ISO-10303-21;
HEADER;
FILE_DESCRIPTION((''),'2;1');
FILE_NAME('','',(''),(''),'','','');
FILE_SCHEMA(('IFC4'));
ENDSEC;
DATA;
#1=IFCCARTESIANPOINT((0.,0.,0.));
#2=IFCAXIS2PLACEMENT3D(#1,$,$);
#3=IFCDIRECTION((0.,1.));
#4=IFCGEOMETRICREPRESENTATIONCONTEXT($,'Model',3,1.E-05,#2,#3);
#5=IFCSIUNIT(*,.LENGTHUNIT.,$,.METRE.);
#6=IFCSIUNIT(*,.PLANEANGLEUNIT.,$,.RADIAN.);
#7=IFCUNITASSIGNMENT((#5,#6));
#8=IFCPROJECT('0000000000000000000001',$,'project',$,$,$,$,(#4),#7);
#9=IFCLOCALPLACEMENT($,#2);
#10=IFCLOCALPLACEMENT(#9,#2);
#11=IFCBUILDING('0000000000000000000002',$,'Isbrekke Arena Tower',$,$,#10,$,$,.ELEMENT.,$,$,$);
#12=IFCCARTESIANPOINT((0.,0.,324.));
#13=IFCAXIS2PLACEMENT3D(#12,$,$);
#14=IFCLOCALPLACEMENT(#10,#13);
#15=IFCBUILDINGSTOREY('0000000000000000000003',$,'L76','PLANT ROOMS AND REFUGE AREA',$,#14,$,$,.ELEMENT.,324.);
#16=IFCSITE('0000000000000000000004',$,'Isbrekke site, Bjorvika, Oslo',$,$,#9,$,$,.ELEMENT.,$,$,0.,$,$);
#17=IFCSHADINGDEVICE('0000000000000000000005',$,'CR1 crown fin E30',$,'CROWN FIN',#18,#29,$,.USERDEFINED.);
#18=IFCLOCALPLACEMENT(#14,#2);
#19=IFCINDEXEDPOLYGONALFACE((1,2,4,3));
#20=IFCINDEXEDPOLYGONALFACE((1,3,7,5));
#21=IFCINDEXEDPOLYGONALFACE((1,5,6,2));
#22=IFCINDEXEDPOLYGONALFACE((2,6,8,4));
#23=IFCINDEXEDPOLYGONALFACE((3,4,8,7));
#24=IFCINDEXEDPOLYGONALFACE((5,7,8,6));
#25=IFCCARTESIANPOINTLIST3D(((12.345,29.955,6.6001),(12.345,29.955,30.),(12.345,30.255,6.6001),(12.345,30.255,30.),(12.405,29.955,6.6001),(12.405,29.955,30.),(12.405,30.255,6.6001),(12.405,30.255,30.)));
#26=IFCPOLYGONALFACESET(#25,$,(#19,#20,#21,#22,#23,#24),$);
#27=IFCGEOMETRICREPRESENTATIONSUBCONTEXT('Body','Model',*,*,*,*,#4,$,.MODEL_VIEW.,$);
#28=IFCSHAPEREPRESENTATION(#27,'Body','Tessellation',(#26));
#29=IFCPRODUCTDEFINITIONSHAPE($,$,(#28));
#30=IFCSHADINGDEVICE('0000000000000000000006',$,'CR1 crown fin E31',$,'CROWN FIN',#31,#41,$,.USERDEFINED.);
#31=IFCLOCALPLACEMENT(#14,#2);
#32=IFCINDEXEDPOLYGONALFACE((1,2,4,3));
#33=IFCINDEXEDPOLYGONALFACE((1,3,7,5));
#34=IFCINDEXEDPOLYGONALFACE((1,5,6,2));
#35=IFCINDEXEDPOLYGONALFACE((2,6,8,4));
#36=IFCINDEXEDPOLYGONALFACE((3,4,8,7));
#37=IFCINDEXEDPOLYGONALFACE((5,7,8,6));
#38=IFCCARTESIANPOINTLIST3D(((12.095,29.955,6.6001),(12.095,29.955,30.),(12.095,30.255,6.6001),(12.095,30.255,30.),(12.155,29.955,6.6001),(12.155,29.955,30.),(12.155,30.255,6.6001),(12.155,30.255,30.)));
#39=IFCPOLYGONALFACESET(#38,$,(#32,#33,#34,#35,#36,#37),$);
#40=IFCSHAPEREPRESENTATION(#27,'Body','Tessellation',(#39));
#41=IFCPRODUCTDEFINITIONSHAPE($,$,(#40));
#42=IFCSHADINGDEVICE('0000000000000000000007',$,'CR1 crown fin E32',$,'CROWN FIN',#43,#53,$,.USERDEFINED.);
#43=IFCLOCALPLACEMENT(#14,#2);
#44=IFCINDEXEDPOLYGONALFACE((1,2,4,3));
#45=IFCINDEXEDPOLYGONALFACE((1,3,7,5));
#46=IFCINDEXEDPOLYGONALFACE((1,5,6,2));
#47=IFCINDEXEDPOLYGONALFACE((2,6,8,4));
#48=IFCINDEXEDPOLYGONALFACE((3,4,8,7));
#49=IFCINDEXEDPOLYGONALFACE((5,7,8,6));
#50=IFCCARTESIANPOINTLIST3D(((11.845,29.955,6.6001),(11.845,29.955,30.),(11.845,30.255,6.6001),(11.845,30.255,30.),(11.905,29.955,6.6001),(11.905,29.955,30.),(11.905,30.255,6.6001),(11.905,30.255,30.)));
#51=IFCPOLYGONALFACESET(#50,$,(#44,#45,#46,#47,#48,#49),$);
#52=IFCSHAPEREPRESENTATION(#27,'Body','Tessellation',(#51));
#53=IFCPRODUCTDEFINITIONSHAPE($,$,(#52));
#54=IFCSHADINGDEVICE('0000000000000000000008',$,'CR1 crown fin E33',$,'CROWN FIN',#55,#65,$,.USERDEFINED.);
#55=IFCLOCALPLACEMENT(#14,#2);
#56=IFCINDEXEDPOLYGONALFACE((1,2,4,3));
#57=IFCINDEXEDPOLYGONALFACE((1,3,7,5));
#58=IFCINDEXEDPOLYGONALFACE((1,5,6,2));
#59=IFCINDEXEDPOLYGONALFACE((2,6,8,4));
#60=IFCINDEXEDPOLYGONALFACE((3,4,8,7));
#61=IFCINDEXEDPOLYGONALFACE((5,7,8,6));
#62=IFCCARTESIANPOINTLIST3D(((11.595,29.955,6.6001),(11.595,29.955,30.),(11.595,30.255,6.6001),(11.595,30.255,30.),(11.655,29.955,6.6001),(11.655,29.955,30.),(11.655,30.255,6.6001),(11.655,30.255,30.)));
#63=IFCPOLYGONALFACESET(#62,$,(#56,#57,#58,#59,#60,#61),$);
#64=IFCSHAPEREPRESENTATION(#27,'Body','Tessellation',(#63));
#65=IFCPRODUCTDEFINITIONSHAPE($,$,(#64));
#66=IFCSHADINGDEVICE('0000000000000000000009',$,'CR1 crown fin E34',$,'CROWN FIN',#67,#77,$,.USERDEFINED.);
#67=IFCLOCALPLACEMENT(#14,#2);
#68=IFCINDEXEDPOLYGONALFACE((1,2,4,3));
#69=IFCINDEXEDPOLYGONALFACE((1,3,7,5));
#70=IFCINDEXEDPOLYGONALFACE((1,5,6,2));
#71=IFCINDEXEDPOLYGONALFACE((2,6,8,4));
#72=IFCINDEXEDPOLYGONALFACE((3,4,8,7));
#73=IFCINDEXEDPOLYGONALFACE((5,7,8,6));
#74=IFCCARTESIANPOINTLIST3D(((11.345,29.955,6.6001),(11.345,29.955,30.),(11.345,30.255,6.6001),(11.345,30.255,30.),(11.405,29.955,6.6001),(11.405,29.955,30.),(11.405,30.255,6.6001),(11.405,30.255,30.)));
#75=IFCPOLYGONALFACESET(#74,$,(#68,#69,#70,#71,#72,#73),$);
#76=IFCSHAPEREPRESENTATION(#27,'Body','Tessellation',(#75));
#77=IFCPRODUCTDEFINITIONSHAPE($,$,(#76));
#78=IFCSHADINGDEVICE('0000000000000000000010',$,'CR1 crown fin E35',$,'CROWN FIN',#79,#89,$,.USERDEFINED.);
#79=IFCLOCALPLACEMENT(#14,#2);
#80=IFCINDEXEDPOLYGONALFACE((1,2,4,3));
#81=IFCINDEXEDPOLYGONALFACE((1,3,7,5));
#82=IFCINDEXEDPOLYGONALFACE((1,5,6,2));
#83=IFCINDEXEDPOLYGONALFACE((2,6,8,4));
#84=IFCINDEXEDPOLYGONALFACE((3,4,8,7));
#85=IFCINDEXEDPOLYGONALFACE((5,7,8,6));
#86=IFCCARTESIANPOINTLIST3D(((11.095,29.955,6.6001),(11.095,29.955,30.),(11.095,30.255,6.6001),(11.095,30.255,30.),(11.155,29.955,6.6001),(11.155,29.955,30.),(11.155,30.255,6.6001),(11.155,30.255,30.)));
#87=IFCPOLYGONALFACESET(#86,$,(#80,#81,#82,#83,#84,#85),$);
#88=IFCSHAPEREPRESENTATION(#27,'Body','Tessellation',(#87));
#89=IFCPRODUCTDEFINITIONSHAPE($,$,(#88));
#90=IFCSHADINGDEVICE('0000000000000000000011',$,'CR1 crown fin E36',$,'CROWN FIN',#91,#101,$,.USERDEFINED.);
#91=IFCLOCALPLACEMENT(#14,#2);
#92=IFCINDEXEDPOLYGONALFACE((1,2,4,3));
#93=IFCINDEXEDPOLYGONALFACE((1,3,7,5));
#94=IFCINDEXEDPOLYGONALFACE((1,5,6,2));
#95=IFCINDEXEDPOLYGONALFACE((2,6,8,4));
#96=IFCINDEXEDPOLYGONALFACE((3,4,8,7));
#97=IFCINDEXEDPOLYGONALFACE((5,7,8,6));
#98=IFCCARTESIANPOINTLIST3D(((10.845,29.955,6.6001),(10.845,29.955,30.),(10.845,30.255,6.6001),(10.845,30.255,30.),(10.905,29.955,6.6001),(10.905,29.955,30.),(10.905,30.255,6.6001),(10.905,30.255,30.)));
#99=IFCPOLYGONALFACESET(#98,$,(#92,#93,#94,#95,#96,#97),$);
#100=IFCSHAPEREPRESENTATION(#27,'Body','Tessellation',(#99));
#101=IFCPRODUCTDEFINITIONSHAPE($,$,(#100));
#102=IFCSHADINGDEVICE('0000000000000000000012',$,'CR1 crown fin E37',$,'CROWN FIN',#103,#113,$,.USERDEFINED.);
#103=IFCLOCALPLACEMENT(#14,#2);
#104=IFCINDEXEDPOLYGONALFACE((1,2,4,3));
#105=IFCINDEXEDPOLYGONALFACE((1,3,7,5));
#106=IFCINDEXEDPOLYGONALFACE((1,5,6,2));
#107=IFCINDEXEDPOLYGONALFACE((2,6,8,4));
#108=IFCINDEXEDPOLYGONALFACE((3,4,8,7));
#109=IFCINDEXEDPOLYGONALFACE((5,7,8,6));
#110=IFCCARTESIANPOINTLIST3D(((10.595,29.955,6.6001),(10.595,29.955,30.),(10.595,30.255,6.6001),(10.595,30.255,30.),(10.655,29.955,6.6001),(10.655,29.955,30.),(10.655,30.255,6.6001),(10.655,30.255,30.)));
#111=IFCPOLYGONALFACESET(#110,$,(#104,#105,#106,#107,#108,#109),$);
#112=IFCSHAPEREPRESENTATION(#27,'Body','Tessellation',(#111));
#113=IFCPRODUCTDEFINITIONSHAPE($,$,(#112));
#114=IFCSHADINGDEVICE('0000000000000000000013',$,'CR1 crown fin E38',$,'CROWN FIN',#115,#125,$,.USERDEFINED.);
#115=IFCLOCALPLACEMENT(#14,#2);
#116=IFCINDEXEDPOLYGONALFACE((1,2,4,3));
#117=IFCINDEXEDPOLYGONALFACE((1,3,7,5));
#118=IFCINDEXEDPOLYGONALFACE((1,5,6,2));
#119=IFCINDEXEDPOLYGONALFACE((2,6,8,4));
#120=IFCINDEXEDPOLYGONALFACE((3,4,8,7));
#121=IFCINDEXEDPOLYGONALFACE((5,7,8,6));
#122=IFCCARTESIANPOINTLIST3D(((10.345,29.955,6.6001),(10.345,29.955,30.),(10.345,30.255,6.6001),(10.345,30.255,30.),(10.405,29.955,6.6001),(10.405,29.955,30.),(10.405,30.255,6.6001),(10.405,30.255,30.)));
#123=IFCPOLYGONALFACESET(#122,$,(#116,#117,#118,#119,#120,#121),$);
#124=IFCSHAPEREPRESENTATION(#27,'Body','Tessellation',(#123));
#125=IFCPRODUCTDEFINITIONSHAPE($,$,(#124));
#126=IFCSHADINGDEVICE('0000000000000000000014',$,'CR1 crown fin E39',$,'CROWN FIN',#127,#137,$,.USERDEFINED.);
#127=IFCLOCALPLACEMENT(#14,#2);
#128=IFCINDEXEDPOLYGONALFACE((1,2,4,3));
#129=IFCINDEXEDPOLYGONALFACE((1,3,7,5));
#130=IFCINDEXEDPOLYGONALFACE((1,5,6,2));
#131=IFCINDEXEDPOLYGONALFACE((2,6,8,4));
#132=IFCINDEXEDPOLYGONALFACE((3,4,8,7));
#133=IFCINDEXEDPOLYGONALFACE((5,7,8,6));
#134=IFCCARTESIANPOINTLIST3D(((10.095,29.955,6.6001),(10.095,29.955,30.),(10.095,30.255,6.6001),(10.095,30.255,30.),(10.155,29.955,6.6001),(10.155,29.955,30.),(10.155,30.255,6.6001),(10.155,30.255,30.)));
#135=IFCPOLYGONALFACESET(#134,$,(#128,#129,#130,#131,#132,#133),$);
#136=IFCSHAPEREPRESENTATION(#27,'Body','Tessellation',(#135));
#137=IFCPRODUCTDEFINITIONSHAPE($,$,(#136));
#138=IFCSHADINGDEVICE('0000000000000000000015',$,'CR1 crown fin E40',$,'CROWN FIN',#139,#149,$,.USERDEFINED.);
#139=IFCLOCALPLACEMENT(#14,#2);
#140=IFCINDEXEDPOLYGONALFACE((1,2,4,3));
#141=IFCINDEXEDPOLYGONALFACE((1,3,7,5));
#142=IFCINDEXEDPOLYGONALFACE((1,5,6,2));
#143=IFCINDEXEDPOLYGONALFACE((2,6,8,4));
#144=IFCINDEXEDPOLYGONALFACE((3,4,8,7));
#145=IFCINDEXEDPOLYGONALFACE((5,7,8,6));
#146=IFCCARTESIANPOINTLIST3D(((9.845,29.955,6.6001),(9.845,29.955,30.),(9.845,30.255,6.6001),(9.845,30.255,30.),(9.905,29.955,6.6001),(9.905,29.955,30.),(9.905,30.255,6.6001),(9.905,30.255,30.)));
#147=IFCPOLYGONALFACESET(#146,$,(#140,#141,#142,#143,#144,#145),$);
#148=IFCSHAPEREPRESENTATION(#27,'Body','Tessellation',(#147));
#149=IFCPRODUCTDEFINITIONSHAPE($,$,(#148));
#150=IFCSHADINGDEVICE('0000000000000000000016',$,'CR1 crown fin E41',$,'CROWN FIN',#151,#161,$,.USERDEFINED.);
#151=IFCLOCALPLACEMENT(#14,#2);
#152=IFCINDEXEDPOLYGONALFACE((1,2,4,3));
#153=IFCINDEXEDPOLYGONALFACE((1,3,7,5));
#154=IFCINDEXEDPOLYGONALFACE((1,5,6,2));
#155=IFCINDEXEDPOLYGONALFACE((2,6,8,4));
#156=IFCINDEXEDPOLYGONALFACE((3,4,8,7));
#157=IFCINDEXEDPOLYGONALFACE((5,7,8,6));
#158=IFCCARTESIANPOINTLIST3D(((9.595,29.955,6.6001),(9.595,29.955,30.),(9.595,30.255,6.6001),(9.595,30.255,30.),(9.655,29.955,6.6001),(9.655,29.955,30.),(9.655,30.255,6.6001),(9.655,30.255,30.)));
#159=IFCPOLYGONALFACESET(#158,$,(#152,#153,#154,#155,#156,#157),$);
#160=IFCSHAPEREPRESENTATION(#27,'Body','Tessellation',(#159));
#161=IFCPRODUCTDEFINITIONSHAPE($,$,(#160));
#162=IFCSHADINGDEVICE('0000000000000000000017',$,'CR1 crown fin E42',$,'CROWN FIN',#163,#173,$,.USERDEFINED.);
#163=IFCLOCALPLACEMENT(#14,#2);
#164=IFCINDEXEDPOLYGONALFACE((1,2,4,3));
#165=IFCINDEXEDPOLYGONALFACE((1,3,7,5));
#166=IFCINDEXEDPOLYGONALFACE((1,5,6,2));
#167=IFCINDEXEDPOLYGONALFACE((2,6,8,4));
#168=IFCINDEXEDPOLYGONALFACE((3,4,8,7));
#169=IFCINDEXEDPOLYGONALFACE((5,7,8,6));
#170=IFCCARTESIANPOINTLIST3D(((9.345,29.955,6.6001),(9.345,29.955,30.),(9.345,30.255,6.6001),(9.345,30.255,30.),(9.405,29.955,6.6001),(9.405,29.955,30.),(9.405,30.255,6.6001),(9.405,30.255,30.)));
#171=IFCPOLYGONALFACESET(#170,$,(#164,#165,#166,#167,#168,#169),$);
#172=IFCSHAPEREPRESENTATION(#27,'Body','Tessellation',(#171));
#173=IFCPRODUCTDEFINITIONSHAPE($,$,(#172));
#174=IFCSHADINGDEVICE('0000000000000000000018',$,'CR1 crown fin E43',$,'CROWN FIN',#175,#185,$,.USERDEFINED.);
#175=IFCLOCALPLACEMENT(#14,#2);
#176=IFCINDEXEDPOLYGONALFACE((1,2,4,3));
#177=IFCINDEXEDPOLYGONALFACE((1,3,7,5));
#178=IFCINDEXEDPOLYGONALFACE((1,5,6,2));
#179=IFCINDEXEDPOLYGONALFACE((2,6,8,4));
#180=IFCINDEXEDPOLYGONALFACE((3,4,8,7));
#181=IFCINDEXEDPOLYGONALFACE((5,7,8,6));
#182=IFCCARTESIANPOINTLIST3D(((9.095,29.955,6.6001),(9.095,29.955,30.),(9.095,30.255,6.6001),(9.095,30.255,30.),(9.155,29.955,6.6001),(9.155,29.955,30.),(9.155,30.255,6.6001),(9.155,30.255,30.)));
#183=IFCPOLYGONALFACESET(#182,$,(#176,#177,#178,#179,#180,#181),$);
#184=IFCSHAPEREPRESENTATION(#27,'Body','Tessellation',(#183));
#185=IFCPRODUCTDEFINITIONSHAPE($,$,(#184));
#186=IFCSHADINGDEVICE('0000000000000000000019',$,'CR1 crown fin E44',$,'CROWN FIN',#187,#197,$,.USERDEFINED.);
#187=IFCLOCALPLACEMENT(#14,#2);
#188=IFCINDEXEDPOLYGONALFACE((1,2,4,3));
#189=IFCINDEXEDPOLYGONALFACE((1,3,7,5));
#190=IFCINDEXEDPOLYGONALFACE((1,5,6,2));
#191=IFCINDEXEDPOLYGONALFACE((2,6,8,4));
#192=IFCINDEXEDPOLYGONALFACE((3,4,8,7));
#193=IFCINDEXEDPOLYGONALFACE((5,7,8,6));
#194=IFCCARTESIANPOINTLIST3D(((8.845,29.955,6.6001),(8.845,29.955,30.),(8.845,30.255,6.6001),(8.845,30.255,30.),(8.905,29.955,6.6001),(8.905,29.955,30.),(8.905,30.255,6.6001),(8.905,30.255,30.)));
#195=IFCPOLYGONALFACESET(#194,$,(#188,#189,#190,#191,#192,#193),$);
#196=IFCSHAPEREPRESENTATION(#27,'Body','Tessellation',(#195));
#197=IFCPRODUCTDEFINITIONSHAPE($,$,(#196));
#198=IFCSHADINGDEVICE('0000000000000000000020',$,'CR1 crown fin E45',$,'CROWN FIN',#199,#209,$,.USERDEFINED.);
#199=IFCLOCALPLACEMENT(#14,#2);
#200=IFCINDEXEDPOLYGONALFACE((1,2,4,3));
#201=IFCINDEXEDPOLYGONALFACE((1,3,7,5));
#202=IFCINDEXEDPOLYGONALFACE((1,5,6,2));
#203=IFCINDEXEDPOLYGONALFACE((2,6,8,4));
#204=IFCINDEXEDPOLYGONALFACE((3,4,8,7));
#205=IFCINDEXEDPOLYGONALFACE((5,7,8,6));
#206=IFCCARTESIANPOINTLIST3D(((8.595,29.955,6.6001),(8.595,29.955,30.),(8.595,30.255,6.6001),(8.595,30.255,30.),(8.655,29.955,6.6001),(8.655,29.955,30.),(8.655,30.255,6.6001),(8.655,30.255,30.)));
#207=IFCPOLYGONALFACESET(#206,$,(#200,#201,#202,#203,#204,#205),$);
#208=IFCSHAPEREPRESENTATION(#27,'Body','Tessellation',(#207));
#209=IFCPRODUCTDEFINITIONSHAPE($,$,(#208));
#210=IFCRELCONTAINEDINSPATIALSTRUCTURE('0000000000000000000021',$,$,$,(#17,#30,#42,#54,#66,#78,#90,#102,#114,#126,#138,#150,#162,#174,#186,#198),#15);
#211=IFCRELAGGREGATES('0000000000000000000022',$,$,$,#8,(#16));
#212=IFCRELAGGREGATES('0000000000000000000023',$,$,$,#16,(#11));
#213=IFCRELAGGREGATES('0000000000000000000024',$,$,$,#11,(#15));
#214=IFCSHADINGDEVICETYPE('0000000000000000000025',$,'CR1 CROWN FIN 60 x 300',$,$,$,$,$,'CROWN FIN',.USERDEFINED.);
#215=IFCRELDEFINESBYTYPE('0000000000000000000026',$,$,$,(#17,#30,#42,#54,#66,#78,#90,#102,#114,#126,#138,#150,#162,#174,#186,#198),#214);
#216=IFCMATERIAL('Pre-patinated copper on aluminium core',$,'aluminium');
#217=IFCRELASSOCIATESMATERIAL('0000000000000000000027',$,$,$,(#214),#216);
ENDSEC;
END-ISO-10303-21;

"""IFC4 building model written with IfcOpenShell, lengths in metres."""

from ifc_helpers import new_model, si_unit, direction, frame, origin, origin_2d, place, context, subcontext, project, spatial, rectangle, extrude, material, material_profile, profile_set, type_object, element, save


model = new_model("IFC4")

# Units and contexts
model_context = context("Model", 3, precision=1e-05, world=origin(), true_north=direction((0.0, 1.0)))
body_context = subcontext(model_context, "Body", "Model", "MODEL_VIEW")
ifc_project = project(units=[si_unit("LENGTHUNIT", "METRE"), si_unit("PLANEANGLEUNIT", "RADIAN")], contexts=[model_context])

# Site, building, storey
site_placement = place(None, origin())
site = spatial("IfcSite", under=ifc_project, at=site_placement, Name="Isbrekke site, Bjorvika, Oslo", CompositionType="ELEMENT", RefElevation=0.0)
building_placement = place(site_placement, origin())
building = spatial("IfcBuilding", under=site, at=building_placement, Name="Isbrekke Arena Tower", CompositionType="ELEMENT")
storey_placement = place(building_placement, frame((0.0, 0.0, 324.0)))
storey = spatial("IfcBuildingStorey", under=building, at=storey_placement, Name="L76", Description="PLANT ROOMS AND REFUGE AREA", CompositionType="ELEMENT", Elevation=324.0)

# Shading devices
ifc_material_1 = material(Name="Pre-patinated copper on aluminium core", Category="aluminium")
ifc_material_profile_1 = material_profile(ifc_material_1, rectangle(XDim=0.0601, YDim=0.3, at=origin_2d()), Name="FIN 60X300")
ifc_profile_set_1 = profile_set([ifc_material_profile_1], Name="Pre-patinated copper on aluminium core")
shading_device_type = type_object("IfcShadingDeviceType", Name="CR1 CROWN FIN 60 x 300", ElementType="CROWN FIN", PredefinedType="USERDEFINED", material=ifc_profile_set_1)
for number, where, z_axis, x_axis, name in (
    (1, (12.375, 30.105, 6.6001), (0.0, 0.0, 1.0), (-1.0, 0.0, 0.0), "CR1 crown fin E30"),
    (2, (12.125, 30.105, 6.6001), (0.0, 0.0, 1.0), (-1.0, 0.0, 0.0), "CR1 crown fin E31"),
    (3, (11.875, 30.105, 6.6001), (0.0, 0.0, 1.0), (-1.0, 0.0, 0.0), "CR1 crown fin E32"),
    (4, (11.625, 30.105, 6.6001), (0.0, 0.0, 1.0), (-1.0, 0.0, 0.0), "CR1 crown fin E33"),
    (5, (11.375, 30.105, 6.6001), (0.0, 0.0, 1.0), (-1.0, 0.0, 0.0), "CR1 crown fin E34"),
    (6, (11.125, 30.105, 6.6001), (0.0, 0.0, 1.0), (-1.0, 0.0, 0.0), "CR1 crown fin E35"),
    (7, (10.875, 30.105, 6.6001), (0.0, 0.0, 1.0), (-1.0, 0.0, 0.0), "CR1 crown fin E36"),
    (8, (10.625, 30.105, 6.6001), (0.0, 0.0, 1.0), (-1.0, 0.0, 0.0), "CR1 crown fin E37"),
    (9, (10.375, 30.105, 6.6001), (0.0, 0.0, 1.0), (-1.0, 0.0, 0.0), "CR1 crown fin E38"),
    (10, (10.125, 30.105, 6.6001), (0.0, 0.0, 1.0), (-1.0, 0.0, 0.0), "CR1 crown fin E39"),
    (11, (9.875, 30.105, 6.6001), (0.0, 0.0, 1.0), (-1.0, 0.0, 0.0), "CR1 crown fin E40"),
    (12, (9.625, 30.105, 6.6001), (0.0, 0.0, 1.0), (-1.0, 0.0, 0.0), "CR1 crown fin E41"),
    (13, (9.375, 30.105, 6.6001), (0.0, 0.0, 1.0), (-1.0, 0.0, 0.0), "CR1 crown fin E42"),
    (14, (9.125, 30.105, 6.6001), (0.0, 0.0, 1.0), (-1.0, 0.0, 0.0), "CR1 crown fin E43"),
    (15, (8.875, 30.105, 6.6001), (0.0, 0.0, 1.0), (-1.0, 0.0, 0.0), "CR1 crown fin E44"),
    (16, (8.625, 30.105, 6.6001), (0.0, 0.0, 1.0), (-1.0, 0.0, 0.0), "CR1 crown fin E45"),
):
    element("IfcShadingDevice", number, at=place(storey_placement, frame(where, z_axis=z_axis, x_axis=x_axis)), inside=storey, type_object=shading_device_type, Name=name, ObjectType="CROWN FIN", PredefinedType="USERDEFINED", context=body_context, shape_type="SweptSolid", body=[
        extrude(rectangle(XDim=0.0601, YDim=0.3, at=origin_2d()), origin(), (0.0, 0.0, 1.0), 23.3999),
    ])

save(model, "model.ifc")
